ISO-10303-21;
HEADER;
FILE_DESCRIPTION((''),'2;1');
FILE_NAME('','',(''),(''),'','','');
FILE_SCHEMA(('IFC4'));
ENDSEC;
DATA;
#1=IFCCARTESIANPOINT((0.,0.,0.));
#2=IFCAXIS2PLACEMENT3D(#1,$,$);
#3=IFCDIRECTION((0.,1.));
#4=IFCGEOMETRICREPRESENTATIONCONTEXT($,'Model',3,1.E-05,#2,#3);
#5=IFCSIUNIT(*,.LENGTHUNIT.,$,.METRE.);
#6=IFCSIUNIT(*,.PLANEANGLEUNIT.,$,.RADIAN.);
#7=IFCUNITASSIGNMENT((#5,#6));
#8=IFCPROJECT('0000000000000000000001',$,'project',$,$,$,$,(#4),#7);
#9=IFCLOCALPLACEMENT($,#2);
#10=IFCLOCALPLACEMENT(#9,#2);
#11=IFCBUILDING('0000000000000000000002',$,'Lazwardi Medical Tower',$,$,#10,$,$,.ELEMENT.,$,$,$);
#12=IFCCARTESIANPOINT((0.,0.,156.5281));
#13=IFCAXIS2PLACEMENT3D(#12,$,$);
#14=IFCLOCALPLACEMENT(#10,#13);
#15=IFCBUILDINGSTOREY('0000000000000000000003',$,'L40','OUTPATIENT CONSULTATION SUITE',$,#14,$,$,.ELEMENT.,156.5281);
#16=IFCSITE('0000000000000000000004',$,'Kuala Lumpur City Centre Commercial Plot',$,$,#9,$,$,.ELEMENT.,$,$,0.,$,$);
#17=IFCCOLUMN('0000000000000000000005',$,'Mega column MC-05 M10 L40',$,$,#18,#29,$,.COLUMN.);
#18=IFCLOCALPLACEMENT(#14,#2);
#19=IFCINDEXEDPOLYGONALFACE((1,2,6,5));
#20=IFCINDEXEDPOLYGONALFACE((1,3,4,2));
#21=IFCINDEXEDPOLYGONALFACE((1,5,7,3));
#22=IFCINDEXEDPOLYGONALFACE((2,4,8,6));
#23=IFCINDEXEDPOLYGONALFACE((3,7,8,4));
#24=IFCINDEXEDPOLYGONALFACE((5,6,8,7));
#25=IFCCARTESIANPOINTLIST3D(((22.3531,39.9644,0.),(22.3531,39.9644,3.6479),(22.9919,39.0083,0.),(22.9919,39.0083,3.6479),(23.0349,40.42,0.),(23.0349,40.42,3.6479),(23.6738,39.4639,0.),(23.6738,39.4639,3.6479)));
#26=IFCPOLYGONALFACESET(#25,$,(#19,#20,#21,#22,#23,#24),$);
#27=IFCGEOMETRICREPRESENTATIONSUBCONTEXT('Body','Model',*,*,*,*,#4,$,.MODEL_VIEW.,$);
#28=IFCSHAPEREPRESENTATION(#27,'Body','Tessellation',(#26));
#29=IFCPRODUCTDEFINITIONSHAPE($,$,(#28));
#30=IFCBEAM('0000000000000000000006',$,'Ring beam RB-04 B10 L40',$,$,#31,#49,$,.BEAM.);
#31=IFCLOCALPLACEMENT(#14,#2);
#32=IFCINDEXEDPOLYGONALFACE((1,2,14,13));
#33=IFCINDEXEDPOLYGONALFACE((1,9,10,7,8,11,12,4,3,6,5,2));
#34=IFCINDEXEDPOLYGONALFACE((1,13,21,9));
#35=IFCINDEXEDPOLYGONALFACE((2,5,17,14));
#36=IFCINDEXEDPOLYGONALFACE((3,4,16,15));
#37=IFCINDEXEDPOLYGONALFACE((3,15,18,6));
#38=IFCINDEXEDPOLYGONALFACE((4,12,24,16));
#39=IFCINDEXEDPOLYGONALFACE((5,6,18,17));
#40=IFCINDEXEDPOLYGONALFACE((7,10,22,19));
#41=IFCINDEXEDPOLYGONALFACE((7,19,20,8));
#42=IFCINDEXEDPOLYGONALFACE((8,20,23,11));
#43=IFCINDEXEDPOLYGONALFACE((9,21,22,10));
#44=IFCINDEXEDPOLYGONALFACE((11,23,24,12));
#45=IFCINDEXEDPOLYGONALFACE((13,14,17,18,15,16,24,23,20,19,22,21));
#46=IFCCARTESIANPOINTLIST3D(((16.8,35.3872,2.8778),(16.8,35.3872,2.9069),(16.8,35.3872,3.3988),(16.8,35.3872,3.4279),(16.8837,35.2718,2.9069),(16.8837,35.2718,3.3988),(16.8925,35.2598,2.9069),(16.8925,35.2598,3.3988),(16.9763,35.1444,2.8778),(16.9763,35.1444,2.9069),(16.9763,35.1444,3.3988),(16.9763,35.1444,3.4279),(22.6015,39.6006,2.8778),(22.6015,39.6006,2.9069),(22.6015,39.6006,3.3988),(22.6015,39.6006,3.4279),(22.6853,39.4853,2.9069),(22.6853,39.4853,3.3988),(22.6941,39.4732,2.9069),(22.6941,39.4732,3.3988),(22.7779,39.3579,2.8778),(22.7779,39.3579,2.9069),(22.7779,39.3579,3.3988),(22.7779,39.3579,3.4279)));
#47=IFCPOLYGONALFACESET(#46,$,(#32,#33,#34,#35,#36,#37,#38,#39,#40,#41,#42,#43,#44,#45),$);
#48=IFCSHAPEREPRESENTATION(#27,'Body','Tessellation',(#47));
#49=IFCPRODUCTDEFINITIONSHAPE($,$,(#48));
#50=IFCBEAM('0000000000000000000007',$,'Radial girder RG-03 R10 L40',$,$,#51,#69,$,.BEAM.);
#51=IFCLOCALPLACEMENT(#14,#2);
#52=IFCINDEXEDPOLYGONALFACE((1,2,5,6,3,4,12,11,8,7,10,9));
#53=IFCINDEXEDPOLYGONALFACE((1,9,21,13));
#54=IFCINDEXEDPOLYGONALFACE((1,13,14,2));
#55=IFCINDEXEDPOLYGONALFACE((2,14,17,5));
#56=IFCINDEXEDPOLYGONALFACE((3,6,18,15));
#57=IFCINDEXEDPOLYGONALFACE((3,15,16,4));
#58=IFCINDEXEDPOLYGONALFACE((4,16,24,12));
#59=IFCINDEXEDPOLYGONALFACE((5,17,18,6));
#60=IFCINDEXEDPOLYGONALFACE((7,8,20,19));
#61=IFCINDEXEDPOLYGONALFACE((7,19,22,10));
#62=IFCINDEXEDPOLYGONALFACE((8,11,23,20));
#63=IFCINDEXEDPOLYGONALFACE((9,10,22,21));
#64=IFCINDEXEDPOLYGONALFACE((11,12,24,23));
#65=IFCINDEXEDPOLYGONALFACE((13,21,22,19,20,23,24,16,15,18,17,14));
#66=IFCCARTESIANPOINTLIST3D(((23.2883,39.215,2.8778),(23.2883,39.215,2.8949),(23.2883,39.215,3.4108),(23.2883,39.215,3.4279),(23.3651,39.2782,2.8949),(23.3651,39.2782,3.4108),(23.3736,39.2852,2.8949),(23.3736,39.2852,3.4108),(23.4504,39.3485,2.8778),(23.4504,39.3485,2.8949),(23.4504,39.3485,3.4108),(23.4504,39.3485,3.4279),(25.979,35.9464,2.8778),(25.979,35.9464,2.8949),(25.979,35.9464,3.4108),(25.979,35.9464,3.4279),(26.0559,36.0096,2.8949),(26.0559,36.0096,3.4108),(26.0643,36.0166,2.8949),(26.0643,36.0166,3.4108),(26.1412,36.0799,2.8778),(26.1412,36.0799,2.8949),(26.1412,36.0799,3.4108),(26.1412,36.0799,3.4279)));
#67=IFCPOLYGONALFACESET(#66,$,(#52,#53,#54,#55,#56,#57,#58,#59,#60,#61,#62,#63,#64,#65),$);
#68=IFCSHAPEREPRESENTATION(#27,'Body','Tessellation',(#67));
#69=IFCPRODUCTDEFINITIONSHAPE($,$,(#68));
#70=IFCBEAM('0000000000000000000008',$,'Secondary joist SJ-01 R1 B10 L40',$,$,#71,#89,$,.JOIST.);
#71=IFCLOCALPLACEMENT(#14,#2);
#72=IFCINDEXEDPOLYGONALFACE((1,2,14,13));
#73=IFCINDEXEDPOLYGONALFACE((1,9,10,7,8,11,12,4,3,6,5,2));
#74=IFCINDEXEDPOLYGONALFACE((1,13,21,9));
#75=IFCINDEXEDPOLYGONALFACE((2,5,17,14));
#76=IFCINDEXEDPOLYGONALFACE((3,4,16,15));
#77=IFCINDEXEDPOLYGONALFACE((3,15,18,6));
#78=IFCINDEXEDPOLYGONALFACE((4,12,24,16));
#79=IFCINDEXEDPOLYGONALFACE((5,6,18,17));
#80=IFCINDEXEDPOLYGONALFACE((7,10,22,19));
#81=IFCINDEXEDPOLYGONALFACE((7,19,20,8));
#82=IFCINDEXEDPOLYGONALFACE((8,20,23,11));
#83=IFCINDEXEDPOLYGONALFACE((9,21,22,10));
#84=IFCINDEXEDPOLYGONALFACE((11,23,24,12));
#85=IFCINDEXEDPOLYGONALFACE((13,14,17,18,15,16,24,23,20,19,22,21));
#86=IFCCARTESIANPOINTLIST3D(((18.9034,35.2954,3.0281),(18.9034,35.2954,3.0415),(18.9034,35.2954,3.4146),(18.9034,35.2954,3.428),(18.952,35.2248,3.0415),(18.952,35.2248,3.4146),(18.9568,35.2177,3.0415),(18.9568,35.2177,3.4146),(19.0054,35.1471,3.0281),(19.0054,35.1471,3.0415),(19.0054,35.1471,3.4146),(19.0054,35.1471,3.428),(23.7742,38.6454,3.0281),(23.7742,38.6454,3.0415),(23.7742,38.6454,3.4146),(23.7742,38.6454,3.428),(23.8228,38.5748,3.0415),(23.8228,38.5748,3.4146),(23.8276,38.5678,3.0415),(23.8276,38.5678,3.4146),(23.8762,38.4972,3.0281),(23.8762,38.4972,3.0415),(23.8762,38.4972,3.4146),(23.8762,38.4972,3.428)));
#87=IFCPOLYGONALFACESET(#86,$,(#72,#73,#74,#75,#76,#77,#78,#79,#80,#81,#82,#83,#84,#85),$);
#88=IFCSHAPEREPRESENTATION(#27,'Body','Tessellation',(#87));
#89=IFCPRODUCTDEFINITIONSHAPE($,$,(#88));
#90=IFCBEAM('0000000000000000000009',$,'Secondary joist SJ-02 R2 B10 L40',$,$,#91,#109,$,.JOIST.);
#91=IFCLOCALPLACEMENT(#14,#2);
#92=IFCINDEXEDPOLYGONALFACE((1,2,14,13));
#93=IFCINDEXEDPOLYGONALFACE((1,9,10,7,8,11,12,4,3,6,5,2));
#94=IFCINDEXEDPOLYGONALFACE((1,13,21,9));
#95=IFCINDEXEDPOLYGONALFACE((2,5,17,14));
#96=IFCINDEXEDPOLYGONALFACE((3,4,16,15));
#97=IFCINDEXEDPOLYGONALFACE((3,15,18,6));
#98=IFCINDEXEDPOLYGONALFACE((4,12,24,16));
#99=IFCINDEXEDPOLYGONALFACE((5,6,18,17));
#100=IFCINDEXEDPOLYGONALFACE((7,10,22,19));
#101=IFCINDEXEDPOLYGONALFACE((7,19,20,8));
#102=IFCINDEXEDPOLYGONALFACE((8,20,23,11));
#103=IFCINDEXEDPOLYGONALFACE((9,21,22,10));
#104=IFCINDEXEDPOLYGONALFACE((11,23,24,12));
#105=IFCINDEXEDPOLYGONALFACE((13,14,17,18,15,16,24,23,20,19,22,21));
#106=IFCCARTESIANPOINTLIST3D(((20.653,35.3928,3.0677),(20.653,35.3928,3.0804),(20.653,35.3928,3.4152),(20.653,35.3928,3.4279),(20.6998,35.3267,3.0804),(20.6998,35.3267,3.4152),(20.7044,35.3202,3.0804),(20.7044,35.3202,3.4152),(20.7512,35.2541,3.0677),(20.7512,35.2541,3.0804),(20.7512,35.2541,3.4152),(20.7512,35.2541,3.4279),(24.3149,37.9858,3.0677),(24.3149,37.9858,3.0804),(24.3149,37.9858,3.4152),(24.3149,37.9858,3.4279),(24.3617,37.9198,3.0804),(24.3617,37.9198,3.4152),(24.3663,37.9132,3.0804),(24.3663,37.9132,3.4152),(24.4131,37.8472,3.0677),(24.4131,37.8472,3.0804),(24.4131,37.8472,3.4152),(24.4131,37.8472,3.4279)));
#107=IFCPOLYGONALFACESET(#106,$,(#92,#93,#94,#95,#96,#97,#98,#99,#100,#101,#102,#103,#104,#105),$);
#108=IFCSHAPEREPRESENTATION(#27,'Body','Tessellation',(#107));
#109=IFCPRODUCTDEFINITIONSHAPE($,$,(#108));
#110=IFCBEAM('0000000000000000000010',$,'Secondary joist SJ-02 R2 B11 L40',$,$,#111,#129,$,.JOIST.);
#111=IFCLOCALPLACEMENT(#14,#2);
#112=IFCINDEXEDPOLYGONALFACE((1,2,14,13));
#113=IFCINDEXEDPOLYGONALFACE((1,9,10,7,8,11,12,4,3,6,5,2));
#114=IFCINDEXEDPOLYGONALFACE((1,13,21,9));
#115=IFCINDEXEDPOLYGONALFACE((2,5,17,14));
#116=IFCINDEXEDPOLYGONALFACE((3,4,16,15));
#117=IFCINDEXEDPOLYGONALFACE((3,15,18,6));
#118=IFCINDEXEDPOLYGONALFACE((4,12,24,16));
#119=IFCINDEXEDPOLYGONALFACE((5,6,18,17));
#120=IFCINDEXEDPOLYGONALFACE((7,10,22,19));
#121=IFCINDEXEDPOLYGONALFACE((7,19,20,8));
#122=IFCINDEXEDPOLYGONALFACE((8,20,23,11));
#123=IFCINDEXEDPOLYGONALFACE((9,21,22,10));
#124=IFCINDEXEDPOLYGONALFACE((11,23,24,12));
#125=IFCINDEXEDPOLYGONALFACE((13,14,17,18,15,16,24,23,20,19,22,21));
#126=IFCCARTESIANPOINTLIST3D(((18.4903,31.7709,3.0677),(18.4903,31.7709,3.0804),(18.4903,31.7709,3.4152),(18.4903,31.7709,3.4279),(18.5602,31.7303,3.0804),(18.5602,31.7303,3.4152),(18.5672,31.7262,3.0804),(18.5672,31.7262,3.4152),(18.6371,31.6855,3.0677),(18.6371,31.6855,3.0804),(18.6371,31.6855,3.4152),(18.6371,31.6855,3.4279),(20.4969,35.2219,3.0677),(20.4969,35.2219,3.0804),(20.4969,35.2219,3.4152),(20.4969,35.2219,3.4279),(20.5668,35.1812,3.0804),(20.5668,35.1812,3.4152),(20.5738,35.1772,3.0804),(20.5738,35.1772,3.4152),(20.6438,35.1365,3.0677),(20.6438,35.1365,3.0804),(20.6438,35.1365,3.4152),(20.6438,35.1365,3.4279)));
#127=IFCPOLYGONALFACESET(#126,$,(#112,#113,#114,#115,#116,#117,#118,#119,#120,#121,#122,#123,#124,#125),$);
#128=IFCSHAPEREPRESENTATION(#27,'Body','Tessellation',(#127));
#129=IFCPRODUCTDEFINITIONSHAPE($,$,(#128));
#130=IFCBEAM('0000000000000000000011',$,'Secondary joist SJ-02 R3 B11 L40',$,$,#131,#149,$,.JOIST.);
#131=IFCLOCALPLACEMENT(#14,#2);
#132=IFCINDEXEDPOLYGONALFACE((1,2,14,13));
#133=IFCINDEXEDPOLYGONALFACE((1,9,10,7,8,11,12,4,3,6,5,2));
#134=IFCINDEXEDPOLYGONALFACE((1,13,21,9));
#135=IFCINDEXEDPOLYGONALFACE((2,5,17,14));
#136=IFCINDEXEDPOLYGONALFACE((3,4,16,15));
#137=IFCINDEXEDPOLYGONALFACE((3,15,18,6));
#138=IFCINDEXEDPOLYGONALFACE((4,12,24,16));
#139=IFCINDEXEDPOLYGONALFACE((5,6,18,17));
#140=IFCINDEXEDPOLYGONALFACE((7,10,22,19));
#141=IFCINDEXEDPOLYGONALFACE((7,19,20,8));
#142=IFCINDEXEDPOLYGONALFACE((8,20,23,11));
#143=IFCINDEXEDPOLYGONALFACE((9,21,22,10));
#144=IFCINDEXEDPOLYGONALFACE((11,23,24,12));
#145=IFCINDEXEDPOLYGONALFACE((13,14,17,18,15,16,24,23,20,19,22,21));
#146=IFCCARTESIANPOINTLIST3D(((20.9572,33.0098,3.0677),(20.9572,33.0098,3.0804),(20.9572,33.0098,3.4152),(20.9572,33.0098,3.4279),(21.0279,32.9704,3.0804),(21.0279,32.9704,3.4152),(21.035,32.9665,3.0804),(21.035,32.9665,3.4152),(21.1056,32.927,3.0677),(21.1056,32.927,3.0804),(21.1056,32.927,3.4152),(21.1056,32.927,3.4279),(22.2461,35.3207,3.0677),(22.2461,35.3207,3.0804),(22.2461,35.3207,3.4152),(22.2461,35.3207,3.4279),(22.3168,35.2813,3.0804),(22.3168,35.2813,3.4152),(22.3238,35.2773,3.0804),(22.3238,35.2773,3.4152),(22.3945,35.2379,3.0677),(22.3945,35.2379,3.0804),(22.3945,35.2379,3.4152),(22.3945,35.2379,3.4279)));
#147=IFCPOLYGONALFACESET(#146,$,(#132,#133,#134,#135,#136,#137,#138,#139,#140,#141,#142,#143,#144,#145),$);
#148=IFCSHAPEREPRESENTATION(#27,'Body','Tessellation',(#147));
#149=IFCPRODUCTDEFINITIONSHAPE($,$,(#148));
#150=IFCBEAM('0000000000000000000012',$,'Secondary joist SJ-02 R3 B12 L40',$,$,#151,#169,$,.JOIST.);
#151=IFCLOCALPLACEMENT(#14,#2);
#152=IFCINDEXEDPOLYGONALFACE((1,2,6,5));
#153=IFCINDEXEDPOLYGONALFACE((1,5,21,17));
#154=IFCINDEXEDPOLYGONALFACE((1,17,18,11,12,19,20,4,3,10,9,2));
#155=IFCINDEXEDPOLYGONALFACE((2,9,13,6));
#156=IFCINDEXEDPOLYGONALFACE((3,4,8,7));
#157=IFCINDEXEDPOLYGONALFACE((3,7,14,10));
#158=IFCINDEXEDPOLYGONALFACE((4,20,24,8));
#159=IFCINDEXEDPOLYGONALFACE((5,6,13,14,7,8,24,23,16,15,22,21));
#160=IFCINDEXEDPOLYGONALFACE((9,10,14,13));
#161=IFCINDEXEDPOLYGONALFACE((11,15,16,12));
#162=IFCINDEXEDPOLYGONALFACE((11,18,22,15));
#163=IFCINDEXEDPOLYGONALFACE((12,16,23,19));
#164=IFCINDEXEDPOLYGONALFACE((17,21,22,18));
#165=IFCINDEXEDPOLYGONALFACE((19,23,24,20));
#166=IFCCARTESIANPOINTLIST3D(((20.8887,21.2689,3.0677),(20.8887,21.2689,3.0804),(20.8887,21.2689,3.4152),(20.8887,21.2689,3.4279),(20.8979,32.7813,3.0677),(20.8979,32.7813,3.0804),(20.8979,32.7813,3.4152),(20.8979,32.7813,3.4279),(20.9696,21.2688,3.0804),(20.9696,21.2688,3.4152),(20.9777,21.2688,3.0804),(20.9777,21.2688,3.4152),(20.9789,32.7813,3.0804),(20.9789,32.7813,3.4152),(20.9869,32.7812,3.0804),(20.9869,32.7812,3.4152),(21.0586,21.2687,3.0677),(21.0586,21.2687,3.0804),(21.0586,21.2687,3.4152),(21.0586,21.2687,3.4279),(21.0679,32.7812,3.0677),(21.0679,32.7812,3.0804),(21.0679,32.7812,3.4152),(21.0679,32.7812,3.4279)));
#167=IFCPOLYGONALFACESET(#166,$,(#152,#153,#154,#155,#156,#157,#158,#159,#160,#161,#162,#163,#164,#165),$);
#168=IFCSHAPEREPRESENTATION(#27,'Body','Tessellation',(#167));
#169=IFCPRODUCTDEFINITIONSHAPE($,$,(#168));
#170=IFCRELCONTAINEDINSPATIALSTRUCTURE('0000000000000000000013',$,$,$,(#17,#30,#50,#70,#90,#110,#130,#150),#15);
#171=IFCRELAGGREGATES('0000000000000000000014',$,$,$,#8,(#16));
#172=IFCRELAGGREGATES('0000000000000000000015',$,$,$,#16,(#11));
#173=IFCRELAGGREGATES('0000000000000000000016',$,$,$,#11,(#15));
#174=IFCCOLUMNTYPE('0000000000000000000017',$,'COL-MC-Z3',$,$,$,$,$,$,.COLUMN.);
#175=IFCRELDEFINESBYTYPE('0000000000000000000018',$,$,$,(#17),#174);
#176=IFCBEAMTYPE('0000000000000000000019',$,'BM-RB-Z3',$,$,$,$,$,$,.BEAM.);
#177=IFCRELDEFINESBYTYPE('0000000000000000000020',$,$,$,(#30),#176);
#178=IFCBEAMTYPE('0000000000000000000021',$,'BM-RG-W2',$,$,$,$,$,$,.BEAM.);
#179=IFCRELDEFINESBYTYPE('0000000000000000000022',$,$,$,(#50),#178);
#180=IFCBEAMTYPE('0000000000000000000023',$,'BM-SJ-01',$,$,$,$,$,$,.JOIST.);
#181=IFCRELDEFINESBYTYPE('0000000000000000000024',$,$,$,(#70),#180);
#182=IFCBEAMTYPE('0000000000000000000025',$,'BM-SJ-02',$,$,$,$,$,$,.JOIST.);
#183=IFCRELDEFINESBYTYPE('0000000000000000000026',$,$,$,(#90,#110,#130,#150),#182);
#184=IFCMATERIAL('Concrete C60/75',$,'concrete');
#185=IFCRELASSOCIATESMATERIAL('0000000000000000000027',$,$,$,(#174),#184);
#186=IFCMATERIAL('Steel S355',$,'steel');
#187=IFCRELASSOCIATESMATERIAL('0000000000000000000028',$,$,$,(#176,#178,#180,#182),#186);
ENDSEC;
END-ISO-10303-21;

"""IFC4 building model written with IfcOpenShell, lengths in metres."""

from ifc_helpers import new_model, si_unit, direction, frame, origin, origin_2d, place, context, subcontext, project, spatial, rectangle, i_section, extrude, material, material_profile, profile_set, type_object, element, save


model = new_model("IFC4")

# Units and contexts
model_context = context("Model", 3, precision=1e-05, world=origin(), true_north=direction((0.0, 1.0)))
body_context = subcontext(model_context, "Body", "Model", "MODEL_VIEW")
ifc_project = project(units=[si_unit("LENGTHUNIT", "METRE"), si_unit("PLANEANGLEUNIT", "RADIAN")], contexts=[model_context])

# Site, building, storey
site_placement = place(None, origin())
site = spatial("IfcSite", under=ifc_project, at=site_placement, Name="Kuala Lumpur City Centre Commercial Plot", CompositionType="ELEMENT", RefElevation=0.0)
building_placement = place(site_placement, origin())
building = spatial("IfcBuilding", under=site, at=building_placement, Name="Lazwardi Medical Tower", CompositionType="ELEMENT")
storey_placement = place(building_placement, frame((0.0, 0.0, 156.5281)))
storey = spatial("IfcBuildingStorey", under=building, at=storey_placement, Name="L40", Description="OUTPATIENT CONSULTATION SUITE", CompositionType="ELEMENT", Elevation=156.5281)

# Column
ifc_material_1 = material(Name="Concrete C60/75", Category="concrete")
ifc_material_profile_1 = material_profile(ifc_material_1, rectangle(XDim=1.1499, YDim=0.8201, at=origin_2d()), Name="CFT-RECT 1150x820")
ifc_profile_set_1 = profile_set([ifc_material_profile_1], Name="Concrete C60/75")
column_type = type_object("IfcColumnType", Name="COL-MC-Z3", PredefinedType="COLUMN", material=ifc_profile_set_1)
column_placement = place(storey_placement, frame((23.0134, 39.7141, 0.0), z_axis=(0.0, 0.0, 1.0), x_axis=(-0.55557, 0.83147, 0.0)))
element("IfcColumn", 1, at=column_placement, inside=storey, type_object=column_type, Name="Mega column MC-05 M10 L40", PredefinedType="COLUMN", context=body_context, shape_type="SweptSolid", body=[
    extrude(rectangle(XDim=1.1499, YDim=0.8201, at=origin_2d()), origin(), (0.0, 0.0, 1.0), 3.6479),
])

# Beams
ifc_material_2 = material(Name="Steel S355", Category="steel")
ifc_material_profile_2 = material_profile(ifc_material_2, i_section(OverallWidth=0.3, OverallDepth=0.55, WebThickness=0.0149, FlangeThickness=0.0291, at=origin_2d()), Name="HEB 550")
ifc_profile_set_2 = profile_set([ifc_material_profile_2], Name="Steel S355")
beam_type_1 = type_object("IfcBeamType", Name="BM-RB-Z3", PredefinedType="BEAM", material=ifc_profile_set_2)
beam_1_placement = place(storey_placement, frame((22.6897, 39.4792, 3.1528), z_axis=(-0.809128, -0.587633, 0.0), x_axis=(0.587633, -0.809128, 0.0)))
element("IfcBeam", 2, at=beam_1_placement, inside=storey, type_object=beam_type_1, Name="Ring beam RB-04 B10 L40", PredefinedType="BEAM", context=body_context, shape_type="SweptSolid", body=[
    extrude(i_section(OverallWidth=0.3, OverallDepth=0.55, WebThickness=0.0149, FlangeThickness=0.0291, at=origin_2d()), origin(), (0.0, 0.0, 1.0), 7.1702),
])
ifc_material_profile_3 = material_profile(ifc_material_2, i_section(OverallWidth=0.21, OverallDepth=0.55, WebThickness=0.011, FlangeThickness=0.0171, at=origin_2d()), Name="IPE 550")
ifc_profile_set_3 = profile_set([ifc_material_profile_3], Name="Steel S355")
beam_type_2 = type_object("IfcBeamType", Name="BM-RG-W2", PredefinedType="BEAM", material=ifc_profile_set_3)
beam_2_placement = place(storey_placement, frame((23.3694, 39.2817, 3.1528), z_axis=(0.635556, -0.772055, 0.0), x_axis=(0.772055, 0.635556, 0.0)))
element("IfcBeam", 3, at=beam_2_placement, inside=storey, type_object=beam_type_2, Name="Radial girder RG-03 R10 L40", PredefinedType="BEAM", context=body_context, shape_type="SweptSolid", body=[
    extrude(i_section(OverallWidth=0.21, OverallDepth=0.55, WebThickness=0.011, FlangeThickness=0.0171, at=origin_2d()), origin(), (0.0, 0.0, 1.0), 4.2336),
])
ifc_material_profile_4 = material_profile(ifc_material_2, i_section(OverallWidth=0.1799, OverallDepth=0.3999, WebThickness=0.0085, FlangeThickness=0.0134, at=origin_2d()), Name="IPE 400")
ifc_profile_set_4 = profile_set([ifc_material_profile_4], Name="Steel S355")
beam_type_3 = type_object("IfcBeamType", Name="BM-SJ-01", PredefinedType="JOIST", material=ifc_profile_set_4)
beam_3_placement = place(storey_placement, frame((23.8252, 38.5713, 3.228), z_axis=(-0.823932, -0.566688, 0.0), x_axis=(0.566688, -0.823932, 0.0)))
element("IfcBeam", 4, at=beam_3_placement, inside=storey, type_object=beam_type_3, Name="Secondary joist SJ-01 R1 B10 L40", PredefinedType="JOIST", context=body_context, shape_type="SweptSolid", body=[
    extrude(i_section(OverallWidth=0.1799, OverallDepth=0.3999, WebThickness=0.0085, FlangeThickness=0.0134, at=origin_2d()), origin(), (0.0, 0.0, 1.0), 5.9116),
])
ifc_material_profile_5 = material_profile(ifc_material_2, i_section(OverallWidth=0.1699, OverallDepth=0.3601, WebThickness=0.0081, FlangeThickness=0.0127, at=origin_2d()), Name="IPE 360")
ifc_profile_set_5 = profile_set([ifc_material_profile_5], Name="Steel S355")
beam_type_4 = type_object("IfcBeamType", Name="BM-SJ-02", PredefinedType="JOIST", material=ifc_profile_set_5)
beam_4_placement = place(storey_placement, frame((24.364, 37.9165, 3.2478), z_axis=(-0.816109, -0.577898, 0.0), x_axis=(0.577898, -0.816109, 0.0)))
element("IfcBeam", 5, at=beam_4_placement, inside=storey, type_object=beam_type_4, Name="Secondary joist SJ-02 R2 B10 L40", PredefinedType="JOIST", context=body_context, shape_type="SweptSolid", body=[
    extrude(i_section(OverallWidth=0.1699, OverallDepth=0.3601, WebThickness=0.0081, FlangeThickness=0.0127, at=origin_2d()), origin(), (0.0, 0.0, 1.0), 4.4871),
])
beam_5_placement = place(storey_placement, frame((20.5703, 35.1792, 3.2478), z_axis=(-0.502665, -0.864481, 0.0), x_axis=(0.864481, -0.502665, 0.0)))
element("IfcBeam", 6, at=beam_5_placement, inside=storey, type_object=beam_type_4, Name="Secondary joist SJ-02 R2 B11 L40", PredefinedType="JOIST", context=body_context, shape_type="SweptSolid", body=[
    extrude(i_section(OverallWidth=0.1699, OverallDepth=0.3601, WebThickness=0.0081, FlangeThickness=0.0127, at=origin_2d()), origin(), (0.0, 0.0, 1.0), 3.9919),
])
beam_6_placement = place(storey_placement, frame((22.3203, 35.2793, 3.2478), z_axis=(-0.487099, -0.873347, 0.0), x_axis=(0.873347, -0.487099, 0.0)))
element("IfcBeam", 7, at=beam_6_placement, inside=storey, type_object=beam_type_4, Name="Secondary joist SJ-02 R3 B11 L40", PredefinedType="JOIST", context=body_context, shape_type="SweptSolid", body=[
    extrude(i_section(OverallWidth=0.1699, OverallDepth=0.3601, WebThickness=0.0081, FlangeThickness=0.0127, at=origin_2d()), origin(), (0.0, 0.0, 1.0), 2.646),
])
beam_7_placement = place(storey_placement, frame((20.9829, 32.7812, 3.2478), z_axis=(-0.000806, -1.0, 0.0), x_axis=(1.0, -0.000806, 0.0)))
element("IfcBeam", 8, at=beam_7_placement, inside=storey, type_object=beam_type_4, Name="Secondary joist SJ-02 R3 B12 L40", PredefinedType="JOIST", context=body_context, shape_type="SweptSolid", body=[
    extrude(i_section(OverallWidth=0.1699, OverallDepth=0.3601, WebThickness=0.0081, FlangeThickness=0.0127, at=origin_2d()), origin(), (0.0, 0.0, 1.0), 11.5125),
])

save(model, "model.ifc")
